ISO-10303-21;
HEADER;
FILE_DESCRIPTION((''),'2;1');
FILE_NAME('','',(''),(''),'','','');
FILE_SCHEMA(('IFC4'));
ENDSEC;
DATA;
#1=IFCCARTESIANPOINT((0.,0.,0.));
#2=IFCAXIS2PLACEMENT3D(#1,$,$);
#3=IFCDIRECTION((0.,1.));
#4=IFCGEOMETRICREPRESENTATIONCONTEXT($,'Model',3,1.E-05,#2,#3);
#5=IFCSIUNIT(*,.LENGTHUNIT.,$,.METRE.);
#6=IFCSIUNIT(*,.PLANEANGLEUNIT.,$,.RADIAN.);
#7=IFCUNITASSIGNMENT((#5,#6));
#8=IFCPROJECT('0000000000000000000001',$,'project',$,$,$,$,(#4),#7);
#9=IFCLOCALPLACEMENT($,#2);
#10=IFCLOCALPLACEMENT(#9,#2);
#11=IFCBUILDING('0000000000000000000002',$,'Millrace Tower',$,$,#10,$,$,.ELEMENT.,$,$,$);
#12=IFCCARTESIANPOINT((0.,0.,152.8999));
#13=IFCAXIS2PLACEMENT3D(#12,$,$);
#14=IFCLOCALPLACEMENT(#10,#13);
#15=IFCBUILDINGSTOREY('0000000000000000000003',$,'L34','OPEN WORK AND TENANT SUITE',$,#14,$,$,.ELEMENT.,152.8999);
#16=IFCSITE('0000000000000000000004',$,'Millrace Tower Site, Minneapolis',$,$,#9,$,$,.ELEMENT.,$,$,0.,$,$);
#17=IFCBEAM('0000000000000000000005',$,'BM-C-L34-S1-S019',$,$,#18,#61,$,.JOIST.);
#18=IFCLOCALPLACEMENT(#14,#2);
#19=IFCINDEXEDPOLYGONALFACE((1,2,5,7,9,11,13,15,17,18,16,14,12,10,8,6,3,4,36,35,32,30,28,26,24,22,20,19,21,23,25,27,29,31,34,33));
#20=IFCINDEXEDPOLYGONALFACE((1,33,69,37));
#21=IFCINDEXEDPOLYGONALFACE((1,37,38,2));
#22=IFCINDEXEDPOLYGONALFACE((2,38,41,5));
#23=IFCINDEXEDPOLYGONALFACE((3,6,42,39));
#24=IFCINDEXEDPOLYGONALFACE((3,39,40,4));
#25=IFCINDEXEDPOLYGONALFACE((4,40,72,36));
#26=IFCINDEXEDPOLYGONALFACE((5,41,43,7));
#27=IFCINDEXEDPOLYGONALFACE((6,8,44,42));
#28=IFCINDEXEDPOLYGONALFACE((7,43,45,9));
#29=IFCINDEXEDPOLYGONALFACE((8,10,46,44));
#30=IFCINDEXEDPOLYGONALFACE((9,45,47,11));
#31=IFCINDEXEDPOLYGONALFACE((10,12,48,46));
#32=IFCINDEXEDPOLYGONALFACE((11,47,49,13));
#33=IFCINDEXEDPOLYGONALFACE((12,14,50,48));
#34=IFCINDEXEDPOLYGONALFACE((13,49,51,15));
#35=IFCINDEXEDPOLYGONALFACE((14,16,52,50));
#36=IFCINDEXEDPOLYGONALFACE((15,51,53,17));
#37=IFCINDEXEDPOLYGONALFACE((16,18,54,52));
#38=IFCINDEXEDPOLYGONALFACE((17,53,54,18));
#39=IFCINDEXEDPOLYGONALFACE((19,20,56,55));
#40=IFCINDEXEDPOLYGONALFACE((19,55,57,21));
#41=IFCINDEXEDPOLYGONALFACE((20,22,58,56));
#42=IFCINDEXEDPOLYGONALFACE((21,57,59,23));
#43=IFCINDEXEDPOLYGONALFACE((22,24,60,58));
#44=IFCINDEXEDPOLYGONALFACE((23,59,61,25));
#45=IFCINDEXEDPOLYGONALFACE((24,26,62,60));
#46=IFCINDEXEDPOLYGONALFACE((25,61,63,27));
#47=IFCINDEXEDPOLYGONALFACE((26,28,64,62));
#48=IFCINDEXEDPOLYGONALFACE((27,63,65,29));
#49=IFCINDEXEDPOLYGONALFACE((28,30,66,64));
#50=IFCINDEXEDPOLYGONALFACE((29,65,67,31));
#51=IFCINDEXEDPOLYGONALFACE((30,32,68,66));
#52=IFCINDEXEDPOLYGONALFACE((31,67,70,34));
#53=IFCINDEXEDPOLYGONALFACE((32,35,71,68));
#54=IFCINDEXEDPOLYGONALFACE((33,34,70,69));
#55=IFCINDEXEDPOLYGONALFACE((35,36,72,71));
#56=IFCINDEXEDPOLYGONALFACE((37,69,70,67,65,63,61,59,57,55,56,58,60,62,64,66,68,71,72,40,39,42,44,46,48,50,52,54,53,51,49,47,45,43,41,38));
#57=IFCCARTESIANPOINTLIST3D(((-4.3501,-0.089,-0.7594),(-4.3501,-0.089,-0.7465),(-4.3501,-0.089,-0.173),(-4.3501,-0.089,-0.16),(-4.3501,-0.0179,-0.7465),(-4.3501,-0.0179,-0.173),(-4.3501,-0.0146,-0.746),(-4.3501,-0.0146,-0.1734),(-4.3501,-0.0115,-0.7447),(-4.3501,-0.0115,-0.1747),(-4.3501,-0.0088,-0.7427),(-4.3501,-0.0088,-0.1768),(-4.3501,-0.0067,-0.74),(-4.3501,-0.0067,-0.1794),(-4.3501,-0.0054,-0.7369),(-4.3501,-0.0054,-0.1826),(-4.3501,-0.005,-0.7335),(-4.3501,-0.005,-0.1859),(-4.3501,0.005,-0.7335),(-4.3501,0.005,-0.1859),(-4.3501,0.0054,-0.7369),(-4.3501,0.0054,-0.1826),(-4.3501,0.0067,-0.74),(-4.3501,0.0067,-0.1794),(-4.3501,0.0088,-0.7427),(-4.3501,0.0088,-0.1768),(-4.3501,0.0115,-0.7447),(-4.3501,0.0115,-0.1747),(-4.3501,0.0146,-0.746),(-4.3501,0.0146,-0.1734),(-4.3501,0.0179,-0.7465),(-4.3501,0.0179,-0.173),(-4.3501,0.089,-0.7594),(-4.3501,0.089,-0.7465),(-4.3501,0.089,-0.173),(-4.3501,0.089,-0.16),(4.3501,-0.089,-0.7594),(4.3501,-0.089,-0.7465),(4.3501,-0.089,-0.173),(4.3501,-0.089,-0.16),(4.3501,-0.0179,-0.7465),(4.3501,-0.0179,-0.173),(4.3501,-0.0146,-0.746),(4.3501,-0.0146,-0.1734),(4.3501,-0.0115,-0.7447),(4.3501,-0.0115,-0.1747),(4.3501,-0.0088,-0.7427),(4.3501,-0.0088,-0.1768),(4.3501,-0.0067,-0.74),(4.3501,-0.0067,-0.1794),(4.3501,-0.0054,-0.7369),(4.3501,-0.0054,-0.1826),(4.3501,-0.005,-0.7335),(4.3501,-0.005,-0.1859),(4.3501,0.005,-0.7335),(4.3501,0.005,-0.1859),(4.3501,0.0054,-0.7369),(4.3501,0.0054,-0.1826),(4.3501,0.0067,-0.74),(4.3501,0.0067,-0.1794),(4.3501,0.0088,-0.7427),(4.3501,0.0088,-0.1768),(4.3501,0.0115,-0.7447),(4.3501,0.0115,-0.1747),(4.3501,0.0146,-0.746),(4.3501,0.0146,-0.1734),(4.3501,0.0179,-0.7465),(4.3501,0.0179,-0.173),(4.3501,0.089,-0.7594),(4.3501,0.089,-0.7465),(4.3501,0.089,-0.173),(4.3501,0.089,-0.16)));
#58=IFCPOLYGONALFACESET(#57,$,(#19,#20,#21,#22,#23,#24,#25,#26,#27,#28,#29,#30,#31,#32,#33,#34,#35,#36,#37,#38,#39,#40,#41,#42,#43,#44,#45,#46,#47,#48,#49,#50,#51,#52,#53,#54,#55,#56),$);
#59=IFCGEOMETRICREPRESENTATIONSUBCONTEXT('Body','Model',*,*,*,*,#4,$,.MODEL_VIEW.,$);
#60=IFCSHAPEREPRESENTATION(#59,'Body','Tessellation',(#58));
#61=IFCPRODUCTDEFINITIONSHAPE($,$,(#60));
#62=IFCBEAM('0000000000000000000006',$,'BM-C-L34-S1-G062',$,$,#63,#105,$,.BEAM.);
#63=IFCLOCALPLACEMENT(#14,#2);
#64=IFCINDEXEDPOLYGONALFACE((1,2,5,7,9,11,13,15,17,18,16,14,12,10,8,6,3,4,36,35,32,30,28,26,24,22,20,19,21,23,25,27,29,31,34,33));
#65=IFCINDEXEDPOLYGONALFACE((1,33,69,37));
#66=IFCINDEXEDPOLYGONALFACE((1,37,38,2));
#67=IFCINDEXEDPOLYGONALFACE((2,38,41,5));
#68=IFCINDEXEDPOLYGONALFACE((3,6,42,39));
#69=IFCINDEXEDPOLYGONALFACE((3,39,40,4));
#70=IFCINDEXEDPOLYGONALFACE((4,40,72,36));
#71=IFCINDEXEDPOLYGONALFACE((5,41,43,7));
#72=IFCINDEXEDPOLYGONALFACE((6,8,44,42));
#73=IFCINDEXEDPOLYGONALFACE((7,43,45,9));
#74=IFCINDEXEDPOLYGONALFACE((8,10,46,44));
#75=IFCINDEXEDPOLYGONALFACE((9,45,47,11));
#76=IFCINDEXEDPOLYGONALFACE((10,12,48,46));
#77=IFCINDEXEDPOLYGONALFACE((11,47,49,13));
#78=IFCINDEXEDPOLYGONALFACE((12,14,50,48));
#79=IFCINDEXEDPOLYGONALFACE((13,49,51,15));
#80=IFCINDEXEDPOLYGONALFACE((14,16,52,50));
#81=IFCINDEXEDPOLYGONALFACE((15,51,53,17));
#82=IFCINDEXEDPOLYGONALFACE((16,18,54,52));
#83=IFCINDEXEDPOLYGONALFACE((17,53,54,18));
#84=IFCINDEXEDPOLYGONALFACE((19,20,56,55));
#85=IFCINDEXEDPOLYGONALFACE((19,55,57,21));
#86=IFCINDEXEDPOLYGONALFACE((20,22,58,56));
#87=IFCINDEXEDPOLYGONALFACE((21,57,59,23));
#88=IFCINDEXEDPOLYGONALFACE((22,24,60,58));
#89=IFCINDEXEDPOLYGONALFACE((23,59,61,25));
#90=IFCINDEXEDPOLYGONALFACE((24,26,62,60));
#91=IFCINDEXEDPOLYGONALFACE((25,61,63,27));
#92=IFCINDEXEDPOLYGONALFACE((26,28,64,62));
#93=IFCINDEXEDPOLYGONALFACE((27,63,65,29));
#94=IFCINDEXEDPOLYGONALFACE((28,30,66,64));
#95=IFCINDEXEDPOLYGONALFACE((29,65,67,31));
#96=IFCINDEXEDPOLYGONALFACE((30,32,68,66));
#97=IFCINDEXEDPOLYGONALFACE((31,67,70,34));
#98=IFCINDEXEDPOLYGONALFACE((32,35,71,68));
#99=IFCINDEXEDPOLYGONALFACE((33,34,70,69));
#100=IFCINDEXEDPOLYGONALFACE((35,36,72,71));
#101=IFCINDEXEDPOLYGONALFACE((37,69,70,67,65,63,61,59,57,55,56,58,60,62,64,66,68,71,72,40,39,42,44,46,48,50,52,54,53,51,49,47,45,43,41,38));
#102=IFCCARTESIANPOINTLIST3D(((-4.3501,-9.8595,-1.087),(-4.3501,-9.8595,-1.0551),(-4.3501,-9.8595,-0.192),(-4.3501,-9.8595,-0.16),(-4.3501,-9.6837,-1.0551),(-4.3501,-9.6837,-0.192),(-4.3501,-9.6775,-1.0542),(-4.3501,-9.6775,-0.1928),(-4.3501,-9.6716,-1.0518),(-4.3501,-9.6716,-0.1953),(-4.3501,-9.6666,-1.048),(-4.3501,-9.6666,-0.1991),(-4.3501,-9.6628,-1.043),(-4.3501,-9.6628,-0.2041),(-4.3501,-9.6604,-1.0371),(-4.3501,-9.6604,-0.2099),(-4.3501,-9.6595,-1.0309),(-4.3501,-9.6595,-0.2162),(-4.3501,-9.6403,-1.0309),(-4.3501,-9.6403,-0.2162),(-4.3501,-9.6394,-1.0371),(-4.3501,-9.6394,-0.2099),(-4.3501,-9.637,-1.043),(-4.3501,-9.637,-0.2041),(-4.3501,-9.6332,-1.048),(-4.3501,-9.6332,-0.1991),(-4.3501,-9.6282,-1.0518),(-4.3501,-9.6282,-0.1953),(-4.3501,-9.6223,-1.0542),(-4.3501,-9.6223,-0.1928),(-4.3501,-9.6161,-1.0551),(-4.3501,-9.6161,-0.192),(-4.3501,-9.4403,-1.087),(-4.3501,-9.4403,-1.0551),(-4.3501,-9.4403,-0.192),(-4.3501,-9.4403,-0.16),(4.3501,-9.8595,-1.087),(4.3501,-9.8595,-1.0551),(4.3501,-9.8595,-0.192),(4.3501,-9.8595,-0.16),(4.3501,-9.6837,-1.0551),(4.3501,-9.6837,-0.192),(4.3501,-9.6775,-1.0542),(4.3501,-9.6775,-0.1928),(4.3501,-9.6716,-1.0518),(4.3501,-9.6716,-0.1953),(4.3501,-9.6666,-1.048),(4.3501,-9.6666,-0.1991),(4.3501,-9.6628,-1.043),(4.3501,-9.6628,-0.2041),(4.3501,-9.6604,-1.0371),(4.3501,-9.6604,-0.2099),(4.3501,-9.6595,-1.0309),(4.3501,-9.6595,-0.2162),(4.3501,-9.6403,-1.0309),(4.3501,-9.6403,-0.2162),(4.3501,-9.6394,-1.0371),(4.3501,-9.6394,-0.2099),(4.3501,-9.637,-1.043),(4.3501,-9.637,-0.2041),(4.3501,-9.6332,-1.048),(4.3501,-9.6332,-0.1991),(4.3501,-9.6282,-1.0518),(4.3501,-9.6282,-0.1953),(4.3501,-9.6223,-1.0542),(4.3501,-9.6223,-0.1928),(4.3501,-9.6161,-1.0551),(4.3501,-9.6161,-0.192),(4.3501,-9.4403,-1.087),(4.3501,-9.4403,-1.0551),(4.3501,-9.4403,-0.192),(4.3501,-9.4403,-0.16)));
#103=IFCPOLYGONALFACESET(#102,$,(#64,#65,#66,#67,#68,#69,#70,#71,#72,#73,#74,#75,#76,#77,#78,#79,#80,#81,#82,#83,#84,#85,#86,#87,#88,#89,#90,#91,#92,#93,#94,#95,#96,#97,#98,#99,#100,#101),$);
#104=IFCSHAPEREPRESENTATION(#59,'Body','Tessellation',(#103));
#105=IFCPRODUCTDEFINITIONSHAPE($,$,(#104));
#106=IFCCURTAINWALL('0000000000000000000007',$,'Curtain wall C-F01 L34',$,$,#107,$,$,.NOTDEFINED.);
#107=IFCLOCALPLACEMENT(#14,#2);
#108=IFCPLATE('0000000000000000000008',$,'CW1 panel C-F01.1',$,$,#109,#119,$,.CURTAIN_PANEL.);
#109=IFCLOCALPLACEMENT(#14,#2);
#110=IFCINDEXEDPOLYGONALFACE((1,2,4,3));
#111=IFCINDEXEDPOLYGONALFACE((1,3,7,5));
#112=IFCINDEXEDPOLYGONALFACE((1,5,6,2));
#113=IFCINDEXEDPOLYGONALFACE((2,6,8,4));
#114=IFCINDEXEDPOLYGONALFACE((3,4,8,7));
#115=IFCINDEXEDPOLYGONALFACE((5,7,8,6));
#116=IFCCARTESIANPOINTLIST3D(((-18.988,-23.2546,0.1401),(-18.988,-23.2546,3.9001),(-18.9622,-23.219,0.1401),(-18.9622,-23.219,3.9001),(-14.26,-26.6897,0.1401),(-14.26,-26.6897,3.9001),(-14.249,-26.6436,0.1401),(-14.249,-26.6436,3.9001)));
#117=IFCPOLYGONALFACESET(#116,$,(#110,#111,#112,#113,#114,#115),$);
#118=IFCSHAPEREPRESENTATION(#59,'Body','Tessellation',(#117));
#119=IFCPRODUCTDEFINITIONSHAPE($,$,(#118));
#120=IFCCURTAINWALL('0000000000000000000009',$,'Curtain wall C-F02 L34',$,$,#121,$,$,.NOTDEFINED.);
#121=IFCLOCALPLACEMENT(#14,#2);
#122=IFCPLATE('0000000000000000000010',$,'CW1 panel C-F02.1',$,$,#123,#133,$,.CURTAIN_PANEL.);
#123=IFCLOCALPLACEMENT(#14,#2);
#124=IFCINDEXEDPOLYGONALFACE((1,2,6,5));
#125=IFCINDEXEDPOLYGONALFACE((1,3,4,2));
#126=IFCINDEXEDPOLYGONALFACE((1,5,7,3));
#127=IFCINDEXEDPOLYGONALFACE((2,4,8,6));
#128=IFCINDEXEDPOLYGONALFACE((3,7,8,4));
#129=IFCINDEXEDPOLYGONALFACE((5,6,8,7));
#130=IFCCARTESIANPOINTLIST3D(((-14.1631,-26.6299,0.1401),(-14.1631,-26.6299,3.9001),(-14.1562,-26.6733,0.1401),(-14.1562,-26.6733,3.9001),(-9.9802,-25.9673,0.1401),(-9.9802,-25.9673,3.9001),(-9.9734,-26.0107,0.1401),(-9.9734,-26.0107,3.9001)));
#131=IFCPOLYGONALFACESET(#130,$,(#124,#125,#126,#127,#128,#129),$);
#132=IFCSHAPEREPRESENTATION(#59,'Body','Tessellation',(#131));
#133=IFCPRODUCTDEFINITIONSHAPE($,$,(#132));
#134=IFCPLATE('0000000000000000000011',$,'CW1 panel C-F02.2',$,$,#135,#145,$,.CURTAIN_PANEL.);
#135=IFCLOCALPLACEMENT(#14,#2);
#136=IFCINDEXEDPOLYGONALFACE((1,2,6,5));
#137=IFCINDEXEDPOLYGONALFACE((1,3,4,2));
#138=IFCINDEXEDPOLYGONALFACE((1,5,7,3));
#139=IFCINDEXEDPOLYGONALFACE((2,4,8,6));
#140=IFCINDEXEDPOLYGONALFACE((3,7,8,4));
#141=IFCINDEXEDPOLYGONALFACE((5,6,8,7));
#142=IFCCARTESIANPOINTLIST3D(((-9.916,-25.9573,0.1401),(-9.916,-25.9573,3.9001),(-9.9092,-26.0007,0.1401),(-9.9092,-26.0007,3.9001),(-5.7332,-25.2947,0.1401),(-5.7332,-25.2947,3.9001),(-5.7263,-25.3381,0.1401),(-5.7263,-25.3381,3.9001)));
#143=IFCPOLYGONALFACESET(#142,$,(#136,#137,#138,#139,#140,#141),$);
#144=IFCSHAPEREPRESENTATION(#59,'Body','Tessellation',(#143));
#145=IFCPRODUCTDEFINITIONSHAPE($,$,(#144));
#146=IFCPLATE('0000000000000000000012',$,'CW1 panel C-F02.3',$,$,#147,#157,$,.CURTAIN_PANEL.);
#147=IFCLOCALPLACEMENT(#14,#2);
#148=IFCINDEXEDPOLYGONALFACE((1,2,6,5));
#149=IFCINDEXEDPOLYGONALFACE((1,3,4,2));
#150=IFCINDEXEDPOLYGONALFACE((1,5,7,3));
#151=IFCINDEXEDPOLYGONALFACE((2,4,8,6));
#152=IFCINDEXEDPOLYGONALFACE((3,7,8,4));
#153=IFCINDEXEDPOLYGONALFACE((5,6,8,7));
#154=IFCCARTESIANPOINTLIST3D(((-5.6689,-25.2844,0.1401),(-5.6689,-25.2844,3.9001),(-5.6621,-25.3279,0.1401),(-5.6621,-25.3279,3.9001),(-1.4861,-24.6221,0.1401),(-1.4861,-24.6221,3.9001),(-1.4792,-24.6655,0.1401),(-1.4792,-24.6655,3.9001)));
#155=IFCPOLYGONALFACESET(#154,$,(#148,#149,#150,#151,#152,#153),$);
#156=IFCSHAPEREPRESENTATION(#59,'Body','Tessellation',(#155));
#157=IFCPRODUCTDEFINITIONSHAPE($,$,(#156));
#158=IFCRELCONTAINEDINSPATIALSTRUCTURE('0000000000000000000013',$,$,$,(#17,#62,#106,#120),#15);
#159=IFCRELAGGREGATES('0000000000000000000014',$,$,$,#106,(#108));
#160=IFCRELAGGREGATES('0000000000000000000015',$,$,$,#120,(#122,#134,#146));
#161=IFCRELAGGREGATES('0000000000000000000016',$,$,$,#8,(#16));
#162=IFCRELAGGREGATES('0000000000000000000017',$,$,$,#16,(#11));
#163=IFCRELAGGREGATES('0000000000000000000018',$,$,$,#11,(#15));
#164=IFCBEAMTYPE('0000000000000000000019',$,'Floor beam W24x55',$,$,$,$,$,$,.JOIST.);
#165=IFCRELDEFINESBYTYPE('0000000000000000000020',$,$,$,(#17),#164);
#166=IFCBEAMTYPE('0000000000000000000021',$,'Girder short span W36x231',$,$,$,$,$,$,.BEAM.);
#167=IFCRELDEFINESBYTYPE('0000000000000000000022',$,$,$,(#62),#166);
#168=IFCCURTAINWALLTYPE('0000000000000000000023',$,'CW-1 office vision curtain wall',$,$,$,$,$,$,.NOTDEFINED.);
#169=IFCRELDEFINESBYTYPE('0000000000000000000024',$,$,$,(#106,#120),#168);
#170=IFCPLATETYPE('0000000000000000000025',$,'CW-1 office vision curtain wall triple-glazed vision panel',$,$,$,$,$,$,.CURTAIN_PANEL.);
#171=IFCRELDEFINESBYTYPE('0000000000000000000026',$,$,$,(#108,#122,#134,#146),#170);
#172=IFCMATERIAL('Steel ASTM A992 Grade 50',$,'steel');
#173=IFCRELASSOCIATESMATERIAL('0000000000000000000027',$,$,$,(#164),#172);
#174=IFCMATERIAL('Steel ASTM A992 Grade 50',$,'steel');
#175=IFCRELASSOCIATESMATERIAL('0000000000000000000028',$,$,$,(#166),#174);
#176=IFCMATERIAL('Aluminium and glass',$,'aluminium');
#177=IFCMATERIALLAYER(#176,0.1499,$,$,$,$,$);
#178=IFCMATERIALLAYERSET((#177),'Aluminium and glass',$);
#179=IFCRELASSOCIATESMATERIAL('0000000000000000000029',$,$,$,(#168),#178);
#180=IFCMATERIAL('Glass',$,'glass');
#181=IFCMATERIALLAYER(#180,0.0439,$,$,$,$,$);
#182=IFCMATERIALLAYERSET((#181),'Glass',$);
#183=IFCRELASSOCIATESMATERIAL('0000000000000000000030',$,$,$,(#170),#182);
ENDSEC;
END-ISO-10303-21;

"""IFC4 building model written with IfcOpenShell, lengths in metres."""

from ifc_helpers import new_model, si_unit, direction, frame, origin, origin_2d, place, context, subcontext, project, spatial, polyline, i_section, outline, extrude, material, layer, layer_set, material_profile, profile_set, type_object, element, aggregate, save


model = new_model("IFC4")

# Units and contexts
model_context = context("Model", 3, precision=1e-05, world=origin(), true_north=direction((0.0, 1.0)))
body_context = subcontext(model_context, "Body", "Model", "MODEL_VIEW")
ifc_project = project(units=[si_unit("LENGTHUNIT", "METRE"), si_unit("PLANEANGLEUNIT", "RADIAN")], contexts=[model_context])

# Site, building, storey
site_placement = place(None, origin())
site = spatial("IfcSite", under=ifc_project, at=site_placement, Name="Millrace Tower Site, Minneapolis", CompositionType="ELEMENT", RefElevation=0.0)
building_placement = place(site_placement, origin())
building = spatial("IfcBuilding", under=site, at=building_placement, Name="Millrace Tower", CompositionType="ELEMENT")
storey_placement = place(building_placement, frame((0.0, 0.0, 152.8999)))
storey = spatial("IfcBuildingStorey", under=building, at=storey_placement, Name="L34", Description="OPEN WORK AND TENANT SUITE", CompositionType="ELEMENT", Elevation=152.8999)

# Beams
ifc_material_1 = material(Name="Steel ASTM A992 Grade 50", Category="steel")
ifc_material_profile_1 = material_profile(ifc_material_1, i_section(OverallWidth=0.178, OverallDepth=0.5994, WebThickness=0.01, FlangeThickness=0.0129, FilletRadius=0.0129, at=origin_2d()))
ifc_profile_set_1 = profile_set([ifc_material_profile_1], Name="Steel ASTM A992 Grade 50")
beam_type_1 = type_object("IfcBeamType", Name="Floor beam W24x55", PredefinedType="JOIST", material=ifc_profile_set_1)
for number, where, z_axis, x_axis, name in (
    (1, (-4.3501, 0.0, -0.4597), (1.0, 0.0, 0.0), (0.0, 1.0, 0.0), "BM-C-L34-S1-S019"),
):
    element("IfcBeam", number, at=place(storey_placement, frame(where, z_axis=z_axis, x_axis=x_axis)), inside=storey, type_object=beam_type_1, Name=name, PredefinedType="JOIST", context=body_context, shape_type="SweptSolid", body=[
        extrude(i_section(OverallWidth=0.178, OverallDepth=0.5994, WebThickness=0.01, FlangeThickness=0.0129, FilletRadius=0.0129, at=origin_2d()), origin(), (0.0, 0.0, 1.0), 8.7002),
    ])
ifc_material_2 = material(Name="Steel ASTM A992 Grade 50", Category="steel")
ifc_material_profile_2 = material_profile(ifc_material_2, i_section(OverallWidth=0.4192, OverallDepth=0.927, WebThickness=0.0193, FlangeThickness=0.032, FilletRadius=0.0242, at=origin_2d()))
ifc_profile_set_2 = profile_set([ifc_material_profile_2], Name="Steel ASTM A992 Grade 50")
beam_type_2 = type_object("IfcBeamType", Name="Girder short span W36x231", PredefinedType="BEAM", material=ifc_profile_set_2)
beam_1_placement = place(storey_placement, frame((-4.3501, -9.6499, -0.6235), z_axis=(1.0, 0.0, 0.0), x_axis=(0.0, 1.0, 0.0)))
element("IfcBeam", 2, at=beam_1_placement, inside=storey, type_object=beam_type_2, Name="BM-C-L34-S1-G062", PredefinedType="BEAM", context=body_context, shape_type="SweptSolid", body=[
    extrude(i_section(OverallWidth=0.4192, OverallDepth=0.927, WebThickness=0.0193, FlangeThickness=0.032, FilletRadius=0.0242, at=origin_2d()), origin(), (0.0, 0.0, 1.0), 8.7002),
])

# Curtain wall, plate
ifc_material_3 = material(Name="Aluminium and glass", Category="aluminium")
ifc_layer_1 = layer(ifc_material_3, 0.1499)
ifc_layer_set_1 = layer_set([ifc_layer_1], Name="Aluminium and glass")
curtain_wall_type = type_object("IfcCurtainWallType", Name="CW-1 office vision curtain wall", PredefinedType="NOTDEFINED", material=ifc_layer_set_1)
placement_1 = place(storey_placement, origin())
curtain_wall_1 = element("IfcCurtainWall", 3, at=placement_1, inside=storey, type_object=curtain_wall_type, Name="Curtain wall C-F01 L34", PredefinedType="NOTDEFINED")
ifc_material_4 = material(Name="Glass", Category="glass")
ifc_layer_2 = layer(ifc_material_4, 0.0439)
ifc_layer_set_2 = layer_set([ifc_layer_2], Name="Glass")
plate_type = type_object("IfcPlateType", Name="CW-1 office vision curtain wall triple-glazed vision panel", PredefinedType="CURTAIN_PANEL", material=ifc_layer_set_2)
placement_2 = place(storey_placement, frame((0.0, 0.0, 0.1401)))
plate_1 = element("IfcPlate", 4, at=placement_2, type_object=plate_type, Name="CW1 panel C-F01.1", PredefinedType="CURTAIN_PANEL", context=body_context, shape_type="SweptSolid", body=[
    extrude(outline(polyline([(-18.988, -23.2546), (-14.26, -26.6897), (-14.249, -26.6436), (-18.9622, -23.219), (-18.988, -23.2546)])), origin(), (0.0, 0.0, 1.0), 3.76),
])
aggregate(curtain_wall_1, [plate_1])

# Curtain wall, plates
curtain_wall_2 = element("IfcCurtainWall", 5, at=placement_1, inside=storey, type_object=curtain_wall_type, Name="Curtain wall C-F02 L34", PredefinedType="NOTDEFINED")
plate_2 = element("IfcPlate", 6, at=placement_2, type_object=plate_type, Name="CW1 panel C-F02.1", PredefinedType="CURTAIN_PANEL", context=body_context, shape_type="SweptSolid", body=[
    extrude(outline(polyline([(-14.1562, -26.6733), (-9.9734, -26.0107), (-9.9802, -25.9673), (-14.1631, -26.6299), (-14.1562, -26.6733)])), origin(), (0.0, 0.0, 1.0), 3.76),
])
plate_3 = element("IfcPlate", 7, at=placement_2, type_object=plate_type, Name="CW1 panel C-F02.2", PredefinedType="CURTAIN_PANEL", context=body_context, shape_type="SweptSolid", body=[
    extrude(outline(polyline([(-9.9092, -26.0007), (-5.7263, -25.3381), (-5.7332, -25.2947), (-9.916, -25.9573), (-9.9092, -26.0007)])), origin(), (0.0, 0.0, 1.0), 3.76),
])
plate_4 = element("IfcPlate", 8, at=placement_2, type_object=plate_type, Name="CW1 panel C-F02.3", PredefinedType="CURTAIN_PANEL", context=body_context, shape_type="SweptSolid", body=[
    extrude(outline(polyline([(-5.6621, -25.3279), (-1.4792, -24.6655), (-1.4861, -24.6221), (-5.6689, -25.2844), (-5.6621, -25.3279)])), origin(), (0.0, 0.0, 1.0), 3.76),
])
aggregate(curtain_wall_2, [plate_2, plate_3, plate_4])

save(model, "model.ifc")
